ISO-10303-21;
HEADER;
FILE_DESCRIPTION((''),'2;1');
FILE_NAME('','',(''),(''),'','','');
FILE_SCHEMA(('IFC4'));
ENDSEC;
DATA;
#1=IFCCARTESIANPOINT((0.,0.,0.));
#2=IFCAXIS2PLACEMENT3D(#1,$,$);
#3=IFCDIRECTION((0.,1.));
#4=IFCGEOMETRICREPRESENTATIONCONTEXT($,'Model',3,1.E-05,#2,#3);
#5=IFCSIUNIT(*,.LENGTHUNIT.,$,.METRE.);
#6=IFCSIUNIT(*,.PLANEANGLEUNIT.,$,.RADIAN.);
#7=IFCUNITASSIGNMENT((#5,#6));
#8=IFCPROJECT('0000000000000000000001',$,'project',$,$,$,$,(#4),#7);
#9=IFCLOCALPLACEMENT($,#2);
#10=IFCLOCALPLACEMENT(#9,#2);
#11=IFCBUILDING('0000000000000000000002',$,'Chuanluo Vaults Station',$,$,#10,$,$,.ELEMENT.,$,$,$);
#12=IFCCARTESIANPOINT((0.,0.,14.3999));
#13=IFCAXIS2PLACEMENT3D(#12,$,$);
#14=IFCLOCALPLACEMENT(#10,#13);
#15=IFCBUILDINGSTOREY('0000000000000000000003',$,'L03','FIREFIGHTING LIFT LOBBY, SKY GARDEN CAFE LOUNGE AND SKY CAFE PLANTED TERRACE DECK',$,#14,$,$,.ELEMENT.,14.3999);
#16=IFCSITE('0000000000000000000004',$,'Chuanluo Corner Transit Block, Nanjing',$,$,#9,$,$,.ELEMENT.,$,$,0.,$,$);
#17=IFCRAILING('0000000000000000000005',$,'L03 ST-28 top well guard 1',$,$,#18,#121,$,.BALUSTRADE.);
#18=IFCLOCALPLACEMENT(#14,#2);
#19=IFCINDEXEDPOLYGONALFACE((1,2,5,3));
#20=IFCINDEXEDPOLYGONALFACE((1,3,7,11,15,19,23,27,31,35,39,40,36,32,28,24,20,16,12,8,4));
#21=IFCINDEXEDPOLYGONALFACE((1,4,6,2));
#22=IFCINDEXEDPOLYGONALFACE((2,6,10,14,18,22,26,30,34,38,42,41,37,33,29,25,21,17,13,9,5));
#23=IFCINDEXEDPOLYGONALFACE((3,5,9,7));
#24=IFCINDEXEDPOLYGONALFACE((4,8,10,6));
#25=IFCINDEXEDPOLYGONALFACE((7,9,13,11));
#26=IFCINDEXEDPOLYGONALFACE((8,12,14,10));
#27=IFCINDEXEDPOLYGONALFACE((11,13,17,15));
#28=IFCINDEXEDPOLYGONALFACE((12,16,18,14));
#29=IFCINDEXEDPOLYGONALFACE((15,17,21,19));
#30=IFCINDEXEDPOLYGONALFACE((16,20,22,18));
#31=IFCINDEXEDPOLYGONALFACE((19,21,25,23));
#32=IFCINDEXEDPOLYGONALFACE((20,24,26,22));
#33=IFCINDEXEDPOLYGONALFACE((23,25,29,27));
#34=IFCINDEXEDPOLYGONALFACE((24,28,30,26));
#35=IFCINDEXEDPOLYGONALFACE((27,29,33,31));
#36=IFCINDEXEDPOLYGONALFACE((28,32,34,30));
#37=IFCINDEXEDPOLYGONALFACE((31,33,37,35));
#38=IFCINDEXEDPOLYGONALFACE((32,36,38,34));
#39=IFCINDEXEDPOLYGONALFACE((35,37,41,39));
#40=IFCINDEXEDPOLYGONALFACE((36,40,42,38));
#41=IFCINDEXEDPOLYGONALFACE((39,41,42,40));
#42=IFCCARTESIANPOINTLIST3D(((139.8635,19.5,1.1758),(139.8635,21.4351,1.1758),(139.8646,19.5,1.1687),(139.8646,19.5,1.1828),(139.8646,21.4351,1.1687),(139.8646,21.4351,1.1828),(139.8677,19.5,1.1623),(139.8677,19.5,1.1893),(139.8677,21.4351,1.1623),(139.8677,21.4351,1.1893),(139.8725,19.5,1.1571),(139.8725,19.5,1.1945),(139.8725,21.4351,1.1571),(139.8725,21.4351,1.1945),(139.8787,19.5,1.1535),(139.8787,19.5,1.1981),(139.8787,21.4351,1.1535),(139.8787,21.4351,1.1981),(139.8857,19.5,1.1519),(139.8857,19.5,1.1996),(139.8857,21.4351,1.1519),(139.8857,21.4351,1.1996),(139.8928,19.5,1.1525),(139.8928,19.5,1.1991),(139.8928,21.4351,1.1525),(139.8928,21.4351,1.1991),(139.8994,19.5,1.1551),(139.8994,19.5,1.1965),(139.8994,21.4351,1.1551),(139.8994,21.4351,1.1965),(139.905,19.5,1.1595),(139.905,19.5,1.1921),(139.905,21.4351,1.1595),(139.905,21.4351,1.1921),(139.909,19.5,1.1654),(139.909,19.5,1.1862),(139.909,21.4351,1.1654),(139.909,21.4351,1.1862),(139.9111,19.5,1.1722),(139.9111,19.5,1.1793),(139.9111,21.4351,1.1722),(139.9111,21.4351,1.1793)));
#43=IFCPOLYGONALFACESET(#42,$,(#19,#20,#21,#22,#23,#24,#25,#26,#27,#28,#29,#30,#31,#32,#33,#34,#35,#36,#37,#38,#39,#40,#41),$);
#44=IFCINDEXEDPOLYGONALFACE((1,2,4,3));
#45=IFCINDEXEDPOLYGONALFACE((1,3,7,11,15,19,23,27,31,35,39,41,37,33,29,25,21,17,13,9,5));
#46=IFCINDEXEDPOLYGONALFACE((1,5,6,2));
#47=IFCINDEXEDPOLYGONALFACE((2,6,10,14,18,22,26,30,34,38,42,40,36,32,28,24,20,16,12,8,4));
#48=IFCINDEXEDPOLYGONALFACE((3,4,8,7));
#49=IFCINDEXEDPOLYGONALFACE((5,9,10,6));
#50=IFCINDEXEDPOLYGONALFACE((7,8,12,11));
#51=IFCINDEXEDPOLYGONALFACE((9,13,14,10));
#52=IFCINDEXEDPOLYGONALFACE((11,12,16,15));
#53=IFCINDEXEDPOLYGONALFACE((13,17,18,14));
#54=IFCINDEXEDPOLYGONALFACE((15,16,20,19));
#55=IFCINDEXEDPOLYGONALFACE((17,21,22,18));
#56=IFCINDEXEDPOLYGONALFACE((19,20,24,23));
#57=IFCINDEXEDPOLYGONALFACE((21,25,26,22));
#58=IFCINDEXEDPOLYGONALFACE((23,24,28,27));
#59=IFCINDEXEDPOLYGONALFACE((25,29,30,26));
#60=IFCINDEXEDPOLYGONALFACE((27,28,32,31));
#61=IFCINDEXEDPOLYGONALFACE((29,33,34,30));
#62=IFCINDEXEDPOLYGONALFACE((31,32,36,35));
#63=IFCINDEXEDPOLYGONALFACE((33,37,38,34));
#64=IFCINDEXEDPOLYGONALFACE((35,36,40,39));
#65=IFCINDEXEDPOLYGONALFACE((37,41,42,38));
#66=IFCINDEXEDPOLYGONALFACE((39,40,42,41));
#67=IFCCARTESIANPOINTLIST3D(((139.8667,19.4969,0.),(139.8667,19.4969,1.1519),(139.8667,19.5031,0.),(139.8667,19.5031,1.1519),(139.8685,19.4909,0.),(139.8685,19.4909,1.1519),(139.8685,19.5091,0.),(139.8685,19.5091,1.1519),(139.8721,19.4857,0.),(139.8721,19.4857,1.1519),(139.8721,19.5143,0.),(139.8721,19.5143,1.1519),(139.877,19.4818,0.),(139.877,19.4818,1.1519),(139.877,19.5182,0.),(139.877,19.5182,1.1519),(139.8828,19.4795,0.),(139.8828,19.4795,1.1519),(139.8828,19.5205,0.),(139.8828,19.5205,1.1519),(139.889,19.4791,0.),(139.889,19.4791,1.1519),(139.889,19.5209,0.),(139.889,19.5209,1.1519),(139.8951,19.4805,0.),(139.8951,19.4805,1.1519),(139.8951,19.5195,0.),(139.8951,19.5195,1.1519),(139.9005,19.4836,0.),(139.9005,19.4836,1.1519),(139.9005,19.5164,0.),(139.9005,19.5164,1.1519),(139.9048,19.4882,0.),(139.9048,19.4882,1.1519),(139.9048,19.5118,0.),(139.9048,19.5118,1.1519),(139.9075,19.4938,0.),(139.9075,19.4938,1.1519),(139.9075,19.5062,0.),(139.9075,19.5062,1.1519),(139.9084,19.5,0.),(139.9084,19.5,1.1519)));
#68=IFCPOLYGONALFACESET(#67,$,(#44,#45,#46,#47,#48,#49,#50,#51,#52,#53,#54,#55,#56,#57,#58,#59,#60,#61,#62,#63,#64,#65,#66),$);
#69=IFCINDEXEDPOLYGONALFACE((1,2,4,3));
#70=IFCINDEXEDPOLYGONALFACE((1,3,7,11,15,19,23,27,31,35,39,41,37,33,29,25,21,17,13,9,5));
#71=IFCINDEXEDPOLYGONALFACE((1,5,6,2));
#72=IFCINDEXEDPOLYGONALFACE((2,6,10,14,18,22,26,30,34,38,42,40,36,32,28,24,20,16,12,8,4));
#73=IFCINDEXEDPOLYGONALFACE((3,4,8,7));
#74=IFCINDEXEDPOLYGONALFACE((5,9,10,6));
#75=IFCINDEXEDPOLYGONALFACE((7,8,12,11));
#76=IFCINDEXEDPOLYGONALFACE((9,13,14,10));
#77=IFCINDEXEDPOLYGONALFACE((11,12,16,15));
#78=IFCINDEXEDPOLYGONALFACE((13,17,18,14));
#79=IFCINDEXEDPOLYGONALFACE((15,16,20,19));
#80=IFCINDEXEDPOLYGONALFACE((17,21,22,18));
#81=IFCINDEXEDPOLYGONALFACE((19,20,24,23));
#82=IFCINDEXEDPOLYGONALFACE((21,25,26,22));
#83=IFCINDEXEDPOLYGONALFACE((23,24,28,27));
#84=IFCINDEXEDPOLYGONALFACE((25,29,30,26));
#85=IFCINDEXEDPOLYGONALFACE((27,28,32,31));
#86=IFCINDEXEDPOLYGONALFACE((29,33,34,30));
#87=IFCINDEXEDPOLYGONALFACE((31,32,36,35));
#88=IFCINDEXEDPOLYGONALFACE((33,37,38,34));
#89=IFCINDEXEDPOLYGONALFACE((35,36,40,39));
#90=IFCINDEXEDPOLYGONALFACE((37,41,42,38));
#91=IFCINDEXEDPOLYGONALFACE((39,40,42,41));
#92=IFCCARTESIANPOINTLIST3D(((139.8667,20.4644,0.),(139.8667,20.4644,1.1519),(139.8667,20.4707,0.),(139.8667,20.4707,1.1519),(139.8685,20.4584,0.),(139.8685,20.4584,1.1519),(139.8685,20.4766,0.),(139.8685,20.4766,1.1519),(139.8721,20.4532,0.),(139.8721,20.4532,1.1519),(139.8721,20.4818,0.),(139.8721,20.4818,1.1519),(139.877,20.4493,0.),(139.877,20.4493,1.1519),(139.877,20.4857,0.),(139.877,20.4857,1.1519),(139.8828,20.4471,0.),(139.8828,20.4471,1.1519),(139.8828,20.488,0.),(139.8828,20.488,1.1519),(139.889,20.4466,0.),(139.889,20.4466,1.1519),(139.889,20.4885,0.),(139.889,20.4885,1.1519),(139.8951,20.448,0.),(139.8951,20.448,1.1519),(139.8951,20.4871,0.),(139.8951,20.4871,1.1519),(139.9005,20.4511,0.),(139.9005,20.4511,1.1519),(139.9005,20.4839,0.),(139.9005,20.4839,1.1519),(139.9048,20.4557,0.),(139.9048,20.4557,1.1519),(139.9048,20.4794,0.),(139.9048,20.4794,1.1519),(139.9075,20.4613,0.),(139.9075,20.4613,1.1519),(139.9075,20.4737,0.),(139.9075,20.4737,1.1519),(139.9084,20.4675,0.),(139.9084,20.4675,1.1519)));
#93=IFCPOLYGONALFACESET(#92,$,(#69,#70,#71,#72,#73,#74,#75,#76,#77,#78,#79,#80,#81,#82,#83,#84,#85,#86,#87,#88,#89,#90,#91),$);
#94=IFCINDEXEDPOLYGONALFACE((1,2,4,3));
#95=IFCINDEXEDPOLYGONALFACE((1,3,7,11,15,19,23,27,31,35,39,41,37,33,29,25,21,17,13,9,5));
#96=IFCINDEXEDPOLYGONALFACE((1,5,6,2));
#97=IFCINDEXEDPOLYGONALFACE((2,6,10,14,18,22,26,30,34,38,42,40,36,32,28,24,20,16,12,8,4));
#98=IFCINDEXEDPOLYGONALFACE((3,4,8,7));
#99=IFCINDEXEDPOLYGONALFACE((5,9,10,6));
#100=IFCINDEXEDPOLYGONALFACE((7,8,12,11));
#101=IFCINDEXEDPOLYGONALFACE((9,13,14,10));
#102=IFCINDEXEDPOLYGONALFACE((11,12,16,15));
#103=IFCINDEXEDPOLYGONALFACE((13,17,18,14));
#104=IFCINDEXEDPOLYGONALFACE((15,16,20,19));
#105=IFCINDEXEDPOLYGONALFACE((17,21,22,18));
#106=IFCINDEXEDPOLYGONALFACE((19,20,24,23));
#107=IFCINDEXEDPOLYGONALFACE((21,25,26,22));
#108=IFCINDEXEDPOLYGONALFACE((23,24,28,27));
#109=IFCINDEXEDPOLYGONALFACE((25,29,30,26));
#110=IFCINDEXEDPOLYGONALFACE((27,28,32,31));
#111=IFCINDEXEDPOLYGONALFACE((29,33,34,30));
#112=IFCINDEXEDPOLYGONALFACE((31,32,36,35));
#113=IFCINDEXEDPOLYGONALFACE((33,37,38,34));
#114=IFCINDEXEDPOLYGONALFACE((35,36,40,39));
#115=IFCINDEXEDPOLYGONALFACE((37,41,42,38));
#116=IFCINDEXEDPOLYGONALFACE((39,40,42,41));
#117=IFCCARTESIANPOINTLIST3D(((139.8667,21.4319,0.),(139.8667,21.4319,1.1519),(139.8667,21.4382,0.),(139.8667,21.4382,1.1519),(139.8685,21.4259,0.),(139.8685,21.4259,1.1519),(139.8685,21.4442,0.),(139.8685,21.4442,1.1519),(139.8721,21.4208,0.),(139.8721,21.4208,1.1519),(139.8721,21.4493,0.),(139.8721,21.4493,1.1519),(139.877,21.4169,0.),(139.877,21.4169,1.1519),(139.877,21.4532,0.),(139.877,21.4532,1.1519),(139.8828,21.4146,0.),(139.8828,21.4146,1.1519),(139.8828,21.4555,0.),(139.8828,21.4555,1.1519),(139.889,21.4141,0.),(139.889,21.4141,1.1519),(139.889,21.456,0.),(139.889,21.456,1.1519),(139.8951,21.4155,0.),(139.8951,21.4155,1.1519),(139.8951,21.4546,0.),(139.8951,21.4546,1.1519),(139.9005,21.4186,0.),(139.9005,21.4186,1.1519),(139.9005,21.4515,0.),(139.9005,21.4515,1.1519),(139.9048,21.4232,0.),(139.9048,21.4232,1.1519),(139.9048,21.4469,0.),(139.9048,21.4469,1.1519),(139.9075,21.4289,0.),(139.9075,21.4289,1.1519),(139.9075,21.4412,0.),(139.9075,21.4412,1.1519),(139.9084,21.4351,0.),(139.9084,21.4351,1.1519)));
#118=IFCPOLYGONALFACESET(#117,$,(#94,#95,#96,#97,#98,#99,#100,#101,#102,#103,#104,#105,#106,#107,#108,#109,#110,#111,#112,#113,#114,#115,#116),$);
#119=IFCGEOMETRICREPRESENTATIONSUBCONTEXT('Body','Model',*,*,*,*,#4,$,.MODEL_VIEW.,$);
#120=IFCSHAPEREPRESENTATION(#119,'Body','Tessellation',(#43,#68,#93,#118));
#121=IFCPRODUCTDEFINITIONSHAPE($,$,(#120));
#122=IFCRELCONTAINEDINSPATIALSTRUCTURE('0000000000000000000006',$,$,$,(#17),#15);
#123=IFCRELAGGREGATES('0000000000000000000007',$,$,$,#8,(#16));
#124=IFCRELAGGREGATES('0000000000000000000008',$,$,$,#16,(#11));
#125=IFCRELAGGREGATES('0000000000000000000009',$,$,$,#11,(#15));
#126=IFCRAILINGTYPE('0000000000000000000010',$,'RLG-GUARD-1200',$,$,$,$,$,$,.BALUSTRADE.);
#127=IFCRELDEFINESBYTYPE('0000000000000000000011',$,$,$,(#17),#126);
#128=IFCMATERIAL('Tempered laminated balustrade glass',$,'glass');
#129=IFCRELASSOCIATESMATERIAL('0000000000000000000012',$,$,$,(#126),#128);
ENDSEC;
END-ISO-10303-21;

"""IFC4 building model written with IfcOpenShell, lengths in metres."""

from ifc_helpers import new_model, si_unit, direction, frame, origin, origin_2d, place, context, subcontext, project, spatial, circle, extrude, material, type_object, element, save


model = new_model("IFC4")

# Units and contexts
model_context = context("Model", 3, precision=1e-05, world=origin(), true_north=direction((0.0, 1.0)))
body_context = subcontext(model_context, "Body", "Model", "MODEL_VIEW")
ifc_project = project(units=[si_unit("LENGTHUNIT", "METRE"), si_unit("PLANEANGLEUNIT", "RADIAN")], contexts=[model_context])

# Site, building, storey
site_placement = place(None, origin())
site = spatial("IfcSite", under=ifc_project, at=site_placement, Name="Chuanluo Corner Transit Block, Nanjing", CompositionType="ELEMENT", RefElevation=0.0)
building_placement = place(site_placement, origin())
building = spatial("IfcBuilding", under=site, at=building_placement, Name="Chuanluo Vaults Station", CompositionType="ELEMENT")
storey_placement = place(building_placement, frame((0.0, 0.0, 14.3999)))
storey = spatial("IfcBuildingStorey", under=building, at=storey_placement, Name="L03", Description="FIREFIGHTING LIFT LOBBY, SKY GARDEN CAFE LOUNGE AND SKY CAFE PLANTED TERRACE DECK", CompositionType="ELEMENT", Elevation=14.3999)

# Railing
ifc_material_1 = material(Name="Tempered laminated balustrade glass", Category="glass")
railing_type = type_object("IfcRailingType", Name="RLG-GUARD-1200", PredefinedType="BALUSTRADE", material=ifc_material_1)
railing_placement = place(storey_placement, frame((139.8875, 19.5, 0.0)))
element("IfcRailing", 1, at=railing_placement, inside=storey, type_object=railing_type, Name="L03 ST-28 top well guard 1", PredefinedType="BALUSTRADE", context=body_context, shape_type="SweptSolid", body=[
    extrude(circle(Radius=0.0239, at=origin_2d()), frame((0.0, 0.0, 1.1758), z_axis=(0.0, 1.0, 0.0), x_axis=(-1.0, 0.0, 0.0)), (0.0, 0.0, 1.0), 1.9351),
    extrude(circle(Radius=0.021, at=origin_2d()), origin(), (0.0, 0.0, 1.0), 1.1519),
    extrude(circle(Radius=0.021, at=origin_2d()), frame((0.0, 0.9675, 0.0)), (0.0, 0.0, 1.0), 1.1519),
    extrude(circle(Radius=0.021, at=origin_2d()), frame((0.0, 1.9351, 0.0)), (0.0, 0.0, 1.0), 1.1519),
])

save(model, "model.ifc")
